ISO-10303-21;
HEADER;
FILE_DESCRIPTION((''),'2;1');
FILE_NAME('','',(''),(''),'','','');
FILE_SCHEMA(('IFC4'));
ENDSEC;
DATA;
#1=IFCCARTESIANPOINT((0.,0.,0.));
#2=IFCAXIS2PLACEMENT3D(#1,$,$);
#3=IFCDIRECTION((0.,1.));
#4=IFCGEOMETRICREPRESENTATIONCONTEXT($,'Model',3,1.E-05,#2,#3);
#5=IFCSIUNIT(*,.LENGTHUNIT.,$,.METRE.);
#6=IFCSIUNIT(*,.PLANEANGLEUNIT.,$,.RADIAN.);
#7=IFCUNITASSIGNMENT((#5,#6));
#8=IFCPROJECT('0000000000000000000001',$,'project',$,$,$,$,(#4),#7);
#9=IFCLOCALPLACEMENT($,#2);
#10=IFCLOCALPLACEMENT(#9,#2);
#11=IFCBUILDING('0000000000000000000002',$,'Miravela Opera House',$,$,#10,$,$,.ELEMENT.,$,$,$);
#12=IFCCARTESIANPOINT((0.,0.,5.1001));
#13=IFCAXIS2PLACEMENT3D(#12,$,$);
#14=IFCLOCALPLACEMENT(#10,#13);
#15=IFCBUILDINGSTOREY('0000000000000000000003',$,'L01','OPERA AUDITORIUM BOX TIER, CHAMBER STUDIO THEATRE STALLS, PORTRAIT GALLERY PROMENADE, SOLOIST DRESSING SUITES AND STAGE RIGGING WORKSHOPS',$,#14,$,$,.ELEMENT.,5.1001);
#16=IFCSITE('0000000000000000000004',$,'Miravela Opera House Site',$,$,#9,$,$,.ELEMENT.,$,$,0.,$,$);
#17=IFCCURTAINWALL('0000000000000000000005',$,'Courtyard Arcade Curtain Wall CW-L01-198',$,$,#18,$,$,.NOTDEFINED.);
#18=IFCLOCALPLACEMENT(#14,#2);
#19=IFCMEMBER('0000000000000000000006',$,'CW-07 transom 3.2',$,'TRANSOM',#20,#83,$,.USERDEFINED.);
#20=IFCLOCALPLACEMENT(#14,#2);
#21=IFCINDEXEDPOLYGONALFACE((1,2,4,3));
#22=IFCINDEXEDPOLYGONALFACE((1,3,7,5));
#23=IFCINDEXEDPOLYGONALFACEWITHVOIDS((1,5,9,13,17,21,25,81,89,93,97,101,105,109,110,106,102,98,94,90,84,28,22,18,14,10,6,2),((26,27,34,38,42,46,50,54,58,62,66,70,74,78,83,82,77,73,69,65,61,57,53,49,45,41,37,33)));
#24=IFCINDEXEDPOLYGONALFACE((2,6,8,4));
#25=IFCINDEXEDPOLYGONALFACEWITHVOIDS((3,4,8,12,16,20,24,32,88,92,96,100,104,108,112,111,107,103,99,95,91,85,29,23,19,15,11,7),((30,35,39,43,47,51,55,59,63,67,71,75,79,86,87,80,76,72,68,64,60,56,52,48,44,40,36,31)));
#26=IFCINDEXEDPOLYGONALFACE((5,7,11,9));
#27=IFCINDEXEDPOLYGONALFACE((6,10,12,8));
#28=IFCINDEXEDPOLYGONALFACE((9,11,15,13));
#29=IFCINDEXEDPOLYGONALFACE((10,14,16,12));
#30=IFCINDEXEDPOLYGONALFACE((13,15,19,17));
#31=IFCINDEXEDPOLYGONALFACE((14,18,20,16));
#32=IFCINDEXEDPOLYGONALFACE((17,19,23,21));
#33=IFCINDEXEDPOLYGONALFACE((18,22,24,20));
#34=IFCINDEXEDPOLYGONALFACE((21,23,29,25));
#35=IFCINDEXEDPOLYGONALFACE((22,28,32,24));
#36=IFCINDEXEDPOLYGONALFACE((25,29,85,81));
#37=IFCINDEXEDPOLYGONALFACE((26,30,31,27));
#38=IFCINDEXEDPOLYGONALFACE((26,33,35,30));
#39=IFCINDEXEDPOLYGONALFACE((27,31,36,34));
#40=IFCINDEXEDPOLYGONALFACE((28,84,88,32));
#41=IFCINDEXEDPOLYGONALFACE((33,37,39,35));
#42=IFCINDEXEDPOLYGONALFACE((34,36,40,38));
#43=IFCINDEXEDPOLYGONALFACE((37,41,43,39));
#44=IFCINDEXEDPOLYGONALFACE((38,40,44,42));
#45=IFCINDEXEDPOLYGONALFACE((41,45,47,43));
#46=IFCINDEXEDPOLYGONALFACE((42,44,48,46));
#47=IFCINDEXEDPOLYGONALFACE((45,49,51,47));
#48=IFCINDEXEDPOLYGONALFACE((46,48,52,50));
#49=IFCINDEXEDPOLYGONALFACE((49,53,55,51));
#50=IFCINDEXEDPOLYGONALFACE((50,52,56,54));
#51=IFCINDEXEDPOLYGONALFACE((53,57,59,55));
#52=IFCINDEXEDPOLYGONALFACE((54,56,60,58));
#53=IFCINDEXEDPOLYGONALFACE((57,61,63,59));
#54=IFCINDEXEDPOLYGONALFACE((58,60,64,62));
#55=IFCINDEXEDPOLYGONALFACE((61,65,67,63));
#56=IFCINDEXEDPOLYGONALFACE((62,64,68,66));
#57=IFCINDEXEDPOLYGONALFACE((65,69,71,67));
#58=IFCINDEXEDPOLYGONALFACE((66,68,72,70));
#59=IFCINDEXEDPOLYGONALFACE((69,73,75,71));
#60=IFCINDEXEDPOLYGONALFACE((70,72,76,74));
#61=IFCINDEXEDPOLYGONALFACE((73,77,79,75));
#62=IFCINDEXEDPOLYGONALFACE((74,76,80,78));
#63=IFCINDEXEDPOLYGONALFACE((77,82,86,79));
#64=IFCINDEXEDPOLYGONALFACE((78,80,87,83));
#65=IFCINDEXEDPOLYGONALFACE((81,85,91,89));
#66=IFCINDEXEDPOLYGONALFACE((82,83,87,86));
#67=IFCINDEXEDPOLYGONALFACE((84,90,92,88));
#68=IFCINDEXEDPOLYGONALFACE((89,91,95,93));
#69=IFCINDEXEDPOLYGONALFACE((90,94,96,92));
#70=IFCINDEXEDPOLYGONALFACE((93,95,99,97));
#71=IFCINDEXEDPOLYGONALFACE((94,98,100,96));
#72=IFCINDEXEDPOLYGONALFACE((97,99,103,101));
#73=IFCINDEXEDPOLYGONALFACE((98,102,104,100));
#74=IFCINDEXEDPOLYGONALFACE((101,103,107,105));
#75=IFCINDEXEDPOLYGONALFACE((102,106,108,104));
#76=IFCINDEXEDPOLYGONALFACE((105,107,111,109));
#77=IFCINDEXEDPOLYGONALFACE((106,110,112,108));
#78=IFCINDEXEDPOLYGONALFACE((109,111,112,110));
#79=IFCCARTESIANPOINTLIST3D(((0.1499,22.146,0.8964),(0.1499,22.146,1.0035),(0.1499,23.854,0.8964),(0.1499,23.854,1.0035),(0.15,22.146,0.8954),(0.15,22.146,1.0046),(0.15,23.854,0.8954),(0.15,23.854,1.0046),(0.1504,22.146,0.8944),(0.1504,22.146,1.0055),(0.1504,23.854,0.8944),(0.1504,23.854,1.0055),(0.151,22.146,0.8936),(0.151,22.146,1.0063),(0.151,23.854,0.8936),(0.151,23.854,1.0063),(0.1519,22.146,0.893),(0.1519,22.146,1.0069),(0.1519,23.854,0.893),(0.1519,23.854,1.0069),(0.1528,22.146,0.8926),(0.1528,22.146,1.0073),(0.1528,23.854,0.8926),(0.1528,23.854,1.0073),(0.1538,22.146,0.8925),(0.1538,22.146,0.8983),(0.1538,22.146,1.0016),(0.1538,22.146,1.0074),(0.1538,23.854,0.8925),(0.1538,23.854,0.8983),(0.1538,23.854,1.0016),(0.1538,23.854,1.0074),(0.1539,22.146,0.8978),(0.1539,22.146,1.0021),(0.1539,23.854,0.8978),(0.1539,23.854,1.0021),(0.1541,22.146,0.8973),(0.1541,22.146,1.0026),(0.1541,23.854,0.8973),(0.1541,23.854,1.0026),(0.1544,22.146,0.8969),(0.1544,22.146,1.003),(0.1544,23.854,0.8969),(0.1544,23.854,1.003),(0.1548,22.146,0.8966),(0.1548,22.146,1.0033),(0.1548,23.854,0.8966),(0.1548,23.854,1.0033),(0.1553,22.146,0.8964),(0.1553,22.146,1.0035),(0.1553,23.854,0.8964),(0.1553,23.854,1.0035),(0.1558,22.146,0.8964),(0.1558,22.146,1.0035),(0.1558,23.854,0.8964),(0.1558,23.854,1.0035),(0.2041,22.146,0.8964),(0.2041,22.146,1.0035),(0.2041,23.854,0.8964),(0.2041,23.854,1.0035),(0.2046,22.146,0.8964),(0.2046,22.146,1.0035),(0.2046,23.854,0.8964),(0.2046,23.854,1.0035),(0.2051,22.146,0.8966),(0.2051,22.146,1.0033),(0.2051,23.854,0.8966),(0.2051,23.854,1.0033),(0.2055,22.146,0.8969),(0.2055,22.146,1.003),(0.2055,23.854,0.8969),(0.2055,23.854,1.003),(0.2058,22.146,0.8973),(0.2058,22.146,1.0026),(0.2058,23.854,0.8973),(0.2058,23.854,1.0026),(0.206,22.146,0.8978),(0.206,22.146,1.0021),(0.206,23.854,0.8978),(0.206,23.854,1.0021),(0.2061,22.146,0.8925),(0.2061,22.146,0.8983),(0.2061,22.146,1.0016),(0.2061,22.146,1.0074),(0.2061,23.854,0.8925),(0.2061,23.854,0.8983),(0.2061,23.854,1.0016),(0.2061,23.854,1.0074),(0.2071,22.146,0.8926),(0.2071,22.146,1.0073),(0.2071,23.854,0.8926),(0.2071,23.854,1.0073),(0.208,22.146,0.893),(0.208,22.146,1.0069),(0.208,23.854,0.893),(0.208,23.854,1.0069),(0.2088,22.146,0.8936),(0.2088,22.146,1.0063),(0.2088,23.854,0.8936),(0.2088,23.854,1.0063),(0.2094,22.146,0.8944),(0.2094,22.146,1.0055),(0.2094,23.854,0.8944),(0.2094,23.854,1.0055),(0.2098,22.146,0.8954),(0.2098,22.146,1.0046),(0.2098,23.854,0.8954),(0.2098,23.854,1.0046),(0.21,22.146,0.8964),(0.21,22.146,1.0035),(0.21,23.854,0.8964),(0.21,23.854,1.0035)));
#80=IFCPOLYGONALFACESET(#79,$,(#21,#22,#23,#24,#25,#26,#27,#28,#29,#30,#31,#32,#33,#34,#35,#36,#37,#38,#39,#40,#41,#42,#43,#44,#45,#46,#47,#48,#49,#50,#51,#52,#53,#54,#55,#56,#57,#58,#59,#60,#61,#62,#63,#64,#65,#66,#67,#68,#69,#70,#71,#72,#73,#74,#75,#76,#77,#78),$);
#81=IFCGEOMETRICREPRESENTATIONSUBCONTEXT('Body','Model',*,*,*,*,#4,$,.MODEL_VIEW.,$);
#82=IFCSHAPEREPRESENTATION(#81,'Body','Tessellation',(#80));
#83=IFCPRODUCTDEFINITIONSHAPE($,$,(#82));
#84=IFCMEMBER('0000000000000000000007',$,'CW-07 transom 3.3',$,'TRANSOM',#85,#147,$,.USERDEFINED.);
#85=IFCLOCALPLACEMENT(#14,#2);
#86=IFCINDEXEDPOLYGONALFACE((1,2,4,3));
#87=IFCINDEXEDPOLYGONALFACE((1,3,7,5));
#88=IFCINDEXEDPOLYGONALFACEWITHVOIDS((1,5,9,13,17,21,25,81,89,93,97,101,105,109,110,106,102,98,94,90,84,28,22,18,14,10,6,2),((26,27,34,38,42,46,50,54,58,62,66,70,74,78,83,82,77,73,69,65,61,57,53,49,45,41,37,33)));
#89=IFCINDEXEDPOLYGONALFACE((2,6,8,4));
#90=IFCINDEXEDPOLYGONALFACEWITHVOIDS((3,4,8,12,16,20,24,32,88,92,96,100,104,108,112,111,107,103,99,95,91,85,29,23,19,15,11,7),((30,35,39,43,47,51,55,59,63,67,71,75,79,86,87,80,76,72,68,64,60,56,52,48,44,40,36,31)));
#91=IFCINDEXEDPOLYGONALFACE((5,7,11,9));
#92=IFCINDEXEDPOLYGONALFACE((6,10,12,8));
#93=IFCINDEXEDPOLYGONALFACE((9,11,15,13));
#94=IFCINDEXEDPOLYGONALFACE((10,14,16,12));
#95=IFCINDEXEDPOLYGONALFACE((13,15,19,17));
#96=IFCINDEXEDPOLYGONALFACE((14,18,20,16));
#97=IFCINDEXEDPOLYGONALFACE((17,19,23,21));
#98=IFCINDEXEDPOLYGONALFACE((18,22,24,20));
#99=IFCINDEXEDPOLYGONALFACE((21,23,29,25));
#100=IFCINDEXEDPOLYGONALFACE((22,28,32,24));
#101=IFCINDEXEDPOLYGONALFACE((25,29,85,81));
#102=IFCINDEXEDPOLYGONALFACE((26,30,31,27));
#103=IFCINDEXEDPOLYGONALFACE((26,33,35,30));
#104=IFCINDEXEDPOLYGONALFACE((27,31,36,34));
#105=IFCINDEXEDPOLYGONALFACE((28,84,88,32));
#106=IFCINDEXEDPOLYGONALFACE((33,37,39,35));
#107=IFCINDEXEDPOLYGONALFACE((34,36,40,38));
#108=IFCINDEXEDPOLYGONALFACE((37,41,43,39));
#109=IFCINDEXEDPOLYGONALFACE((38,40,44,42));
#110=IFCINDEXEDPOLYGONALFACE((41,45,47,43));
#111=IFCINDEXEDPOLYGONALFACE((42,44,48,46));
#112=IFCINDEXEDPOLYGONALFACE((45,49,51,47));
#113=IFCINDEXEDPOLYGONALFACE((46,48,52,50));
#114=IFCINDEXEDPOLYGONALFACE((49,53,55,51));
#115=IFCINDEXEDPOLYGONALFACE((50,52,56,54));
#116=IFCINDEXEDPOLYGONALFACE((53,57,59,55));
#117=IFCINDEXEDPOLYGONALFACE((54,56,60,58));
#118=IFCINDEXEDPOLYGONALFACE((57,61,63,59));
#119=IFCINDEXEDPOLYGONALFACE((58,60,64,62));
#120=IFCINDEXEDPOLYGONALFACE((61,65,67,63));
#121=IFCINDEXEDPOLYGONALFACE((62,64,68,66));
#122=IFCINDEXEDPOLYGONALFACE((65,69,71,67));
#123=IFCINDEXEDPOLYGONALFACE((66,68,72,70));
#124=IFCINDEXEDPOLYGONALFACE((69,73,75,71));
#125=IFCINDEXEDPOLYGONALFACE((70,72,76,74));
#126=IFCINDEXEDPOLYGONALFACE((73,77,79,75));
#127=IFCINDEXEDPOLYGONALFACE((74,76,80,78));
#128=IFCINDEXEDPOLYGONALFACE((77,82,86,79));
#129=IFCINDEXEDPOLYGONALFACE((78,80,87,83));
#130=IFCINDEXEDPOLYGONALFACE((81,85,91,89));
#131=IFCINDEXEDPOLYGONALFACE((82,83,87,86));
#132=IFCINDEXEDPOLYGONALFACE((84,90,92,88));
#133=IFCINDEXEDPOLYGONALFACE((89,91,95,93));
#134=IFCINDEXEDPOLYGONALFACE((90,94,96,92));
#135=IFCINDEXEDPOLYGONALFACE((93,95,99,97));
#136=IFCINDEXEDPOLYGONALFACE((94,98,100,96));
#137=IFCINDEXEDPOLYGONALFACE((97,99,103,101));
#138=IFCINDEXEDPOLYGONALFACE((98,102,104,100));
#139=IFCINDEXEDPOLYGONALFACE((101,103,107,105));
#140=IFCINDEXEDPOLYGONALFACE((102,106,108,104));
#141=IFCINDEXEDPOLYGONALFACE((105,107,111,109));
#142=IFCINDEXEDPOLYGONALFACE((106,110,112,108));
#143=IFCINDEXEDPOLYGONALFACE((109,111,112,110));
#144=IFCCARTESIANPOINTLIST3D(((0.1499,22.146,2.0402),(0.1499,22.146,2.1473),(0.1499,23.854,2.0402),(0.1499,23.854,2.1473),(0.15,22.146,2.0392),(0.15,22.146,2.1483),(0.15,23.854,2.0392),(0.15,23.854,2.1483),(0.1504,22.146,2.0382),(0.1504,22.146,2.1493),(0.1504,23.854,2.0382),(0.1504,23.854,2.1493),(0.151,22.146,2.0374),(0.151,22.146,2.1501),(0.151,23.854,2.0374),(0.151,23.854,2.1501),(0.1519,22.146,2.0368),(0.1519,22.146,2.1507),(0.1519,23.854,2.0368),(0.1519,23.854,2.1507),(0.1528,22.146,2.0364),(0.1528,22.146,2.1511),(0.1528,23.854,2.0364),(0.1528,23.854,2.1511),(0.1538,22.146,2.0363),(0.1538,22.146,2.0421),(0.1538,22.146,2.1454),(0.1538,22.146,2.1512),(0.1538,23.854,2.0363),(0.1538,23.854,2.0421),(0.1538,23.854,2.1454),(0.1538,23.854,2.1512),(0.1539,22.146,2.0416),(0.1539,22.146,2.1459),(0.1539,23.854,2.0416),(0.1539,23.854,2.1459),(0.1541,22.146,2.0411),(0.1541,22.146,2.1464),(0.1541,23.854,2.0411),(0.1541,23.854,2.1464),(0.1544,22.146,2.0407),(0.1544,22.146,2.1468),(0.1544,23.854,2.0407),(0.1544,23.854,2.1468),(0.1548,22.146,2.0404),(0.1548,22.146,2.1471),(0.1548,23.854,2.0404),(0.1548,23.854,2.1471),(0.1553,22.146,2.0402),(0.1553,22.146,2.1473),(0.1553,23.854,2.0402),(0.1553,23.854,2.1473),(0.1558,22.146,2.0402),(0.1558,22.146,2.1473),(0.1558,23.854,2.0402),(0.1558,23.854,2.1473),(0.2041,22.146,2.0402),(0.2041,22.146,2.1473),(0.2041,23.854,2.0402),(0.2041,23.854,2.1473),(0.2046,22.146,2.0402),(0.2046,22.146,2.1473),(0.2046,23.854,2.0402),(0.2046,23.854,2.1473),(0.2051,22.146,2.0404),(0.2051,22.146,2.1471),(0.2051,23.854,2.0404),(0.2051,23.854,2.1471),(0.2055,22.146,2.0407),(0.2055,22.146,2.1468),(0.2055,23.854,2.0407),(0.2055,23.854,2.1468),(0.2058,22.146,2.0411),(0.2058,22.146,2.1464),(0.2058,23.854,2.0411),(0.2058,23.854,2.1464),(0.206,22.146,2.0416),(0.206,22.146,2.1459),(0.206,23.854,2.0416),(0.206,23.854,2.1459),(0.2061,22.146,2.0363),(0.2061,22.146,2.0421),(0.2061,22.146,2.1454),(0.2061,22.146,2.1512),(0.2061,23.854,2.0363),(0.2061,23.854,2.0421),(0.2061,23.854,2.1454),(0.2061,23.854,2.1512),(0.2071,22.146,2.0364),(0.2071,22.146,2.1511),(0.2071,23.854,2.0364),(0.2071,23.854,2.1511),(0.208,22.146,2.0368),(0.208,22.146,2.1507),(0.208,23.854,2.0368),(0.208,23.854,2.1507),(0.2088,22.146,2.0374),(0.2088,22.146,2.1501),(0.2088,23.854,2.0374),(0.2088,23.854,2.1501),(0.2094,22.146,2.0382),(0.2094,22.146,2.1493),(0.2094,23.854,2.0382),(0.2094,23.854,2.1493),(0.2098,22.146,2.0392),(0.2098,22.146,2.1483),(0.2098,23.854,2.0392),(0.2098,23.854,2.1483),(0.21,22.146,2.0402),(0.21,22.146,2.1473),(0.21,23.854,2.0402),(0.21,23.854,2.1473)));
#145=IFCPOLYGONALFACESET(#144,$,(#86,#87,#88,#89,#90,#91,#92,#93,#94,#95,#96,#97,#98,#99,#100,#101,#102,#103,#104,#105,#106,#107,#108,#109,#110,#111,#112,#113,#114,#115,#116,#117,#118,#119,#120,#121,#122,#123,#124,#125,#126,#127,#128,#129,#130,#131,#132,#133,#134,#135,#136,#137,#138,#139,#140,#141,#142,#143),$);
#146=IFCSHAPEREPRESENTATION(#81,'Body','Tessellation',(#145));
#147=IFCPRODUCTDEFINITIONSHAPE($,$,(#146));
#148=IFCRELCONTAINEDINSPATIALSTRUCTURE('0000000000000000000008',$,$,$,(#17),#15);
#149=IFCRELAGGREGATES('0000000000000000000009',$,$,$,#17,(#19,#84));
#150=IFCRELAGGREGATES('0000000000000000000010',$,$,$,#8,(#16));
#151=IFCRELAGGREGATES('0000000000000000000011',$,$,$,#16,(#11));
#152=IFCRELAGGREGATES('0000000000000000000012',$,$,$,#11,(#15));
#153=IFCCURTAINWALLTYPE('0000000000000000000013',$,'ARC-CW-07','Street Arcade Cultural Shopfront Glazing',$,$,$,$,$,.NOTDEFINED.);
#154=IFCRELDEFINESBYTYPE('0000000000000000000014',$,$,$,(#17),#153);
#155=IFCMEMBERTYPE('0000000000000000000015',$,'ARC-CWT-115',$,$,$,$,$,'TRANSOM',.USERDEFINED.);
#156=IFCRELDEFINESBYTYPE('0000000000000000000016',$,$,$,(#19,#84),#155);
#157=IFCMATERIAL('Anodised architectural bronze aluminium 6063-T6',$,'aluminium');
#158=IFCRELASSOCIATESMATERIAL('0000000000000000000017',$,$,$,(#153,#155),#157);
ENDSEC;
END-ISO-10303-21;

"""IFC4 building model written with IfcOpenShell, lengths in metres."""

from ifc_helpers import new_model, si_unit, direction, frame, origin, origin_2d, place, context, subcontext, project, spatial, hollow_rectangle, extrude, material, material_profile, profile_set, type_object, element, aggregate, save


model = new_model("IFC4")

# Units and contexts
model_context = context("Model", 3, precision=1e-05, world=origin(), true_north=direction((0.0, 1.0)))
body_context = subcontext(model_context, "Body", "Model", "MODEL_VIEW")
ifc_project = project(units=[si_unit("LENGTHUNIT", "METRE"), si_unit("PLANEANGLEUNIT", "RADIAN")], contexts=[model_context])

# Site, building, storey
site_placement = place(None, origin())
site = spatial("IfcSite", under=ifc_project, at=site_placement, Name="Miravela Opera House Site", CompositionType="ELEMENT", RefElevation=0.0)
building_placement = place(site_placement, origin())
building = spatial("IfcBuilding", under=site, at=building_placement, Name="Miravela Opera House", CompositionType="ELEMENT")
storey_placement = place(building_placement, frame((0.0, 0.0, 5.1001)))
storey = spatial("IfcBuildingStorey", under=building, at=storey_placement, Name="L01", Description="OPERA AUDITORIUM BOX TIER, CHAMBER STUDIO THEATRE STALLS, PORTRAIT GALLERY PROMENADE, SOLOIST DRESSING SUITES AND STAGE RIGGING WORKSHOPS", CompositionType="ELEMENT", Elevation=5.1001)

# Shared definitions
ifc_material_1 = material(Name="Anodised architectural bronze aluminium 6063-T6", Category="aluminium")

# Curtain wall, members
curtain_wall_type_1 = type_object("IfcCurtainWallType", Name="ARC-CW-07", Description="Street Arcade Cultural Shopfront Glazing", PredefinedType="NOTDEFINED", material=ifc_material_1)
curtain_wall_1_placement = place(storey_placement, origin())
curtain_wall_1 = element("IfcCurtainWall", 1, at=curtain_wall_1_placement, inside=storey, type_object=curtain_wall_type_1, Name="Courtyard Arcade Curtain Wall CW-L01-198", PredefinedType="NOTDEFINED")
ifc_material_profile_1 = material_profile(ifc_material_1, hollow_rectangle(XDim=0.0601, YDim=0.115, WallThickness=0.0039, InnerFilletRadius=0.002, OuterFilletRadius=0.0039, at=origin_2d()), Name="CWT-60X115")
ifc_profile_set_1 = profile_set([ifc_material_profile_1])
member_type_1 = type_object("IfcMemberType", Name="ARC-CWT-115", ElementType="TRANSOM", PredefinedType="USERDEFINED", material=ifc_profile_set_1)
member_1_placement = place(storey_placement, frame((0.1799, 22.146, 0.95), z_axis=(0.0, 1.0, 0.0), x_axis=(-1.0, 0.0, 0.0)))
member_1 = element("IfcMember", 2, at=member_1_placement, type_object=member_type_1, Name="CW-07 transom 3.2", ObjectType="TRANSOM", PredefinedType="USERDEFINED", context=body_context, shape_type="SweptSolid", body=[
    extrude(hollow_rectangle(XDim=0.0601, YDim=0.115, WallThickness=0.0039, InnerFilletRadius=0.002, OuterFilletRadius=0.0039, at=origin_2d()), origin(), (0.0, 0.0, 1.0), 1.708),
])
member_2_placement = place(storey_placement, frame((0.1799, 22.146, 2.0938), z_axis=(0.0, 1.0, 0.0), x_axis=(-1.0, 0.0, 0.0)))
member_2 = element("IfcMember", 3, at=member_2_placement, type_object=member_type_1, Name="CW-07 transom 3.3", ObjectType="TRANSOM", PredefinedType="USERDEFINED", context=body_context, shape_type="SweptSolid", body=[
    extrude(hollow_rectangle(XDim=0.0601, YDim=0.115, WallThickness=0.0039, InnerFilletRadius=0.002, OuterFilletRadius=0.0039, at=origin_2d()), origin(), (0.0, 0.0, 1.0), 1.708),
])

aggregate(curtain_wall_1, [member_1, member_2])

save(model, "model.ifc")
